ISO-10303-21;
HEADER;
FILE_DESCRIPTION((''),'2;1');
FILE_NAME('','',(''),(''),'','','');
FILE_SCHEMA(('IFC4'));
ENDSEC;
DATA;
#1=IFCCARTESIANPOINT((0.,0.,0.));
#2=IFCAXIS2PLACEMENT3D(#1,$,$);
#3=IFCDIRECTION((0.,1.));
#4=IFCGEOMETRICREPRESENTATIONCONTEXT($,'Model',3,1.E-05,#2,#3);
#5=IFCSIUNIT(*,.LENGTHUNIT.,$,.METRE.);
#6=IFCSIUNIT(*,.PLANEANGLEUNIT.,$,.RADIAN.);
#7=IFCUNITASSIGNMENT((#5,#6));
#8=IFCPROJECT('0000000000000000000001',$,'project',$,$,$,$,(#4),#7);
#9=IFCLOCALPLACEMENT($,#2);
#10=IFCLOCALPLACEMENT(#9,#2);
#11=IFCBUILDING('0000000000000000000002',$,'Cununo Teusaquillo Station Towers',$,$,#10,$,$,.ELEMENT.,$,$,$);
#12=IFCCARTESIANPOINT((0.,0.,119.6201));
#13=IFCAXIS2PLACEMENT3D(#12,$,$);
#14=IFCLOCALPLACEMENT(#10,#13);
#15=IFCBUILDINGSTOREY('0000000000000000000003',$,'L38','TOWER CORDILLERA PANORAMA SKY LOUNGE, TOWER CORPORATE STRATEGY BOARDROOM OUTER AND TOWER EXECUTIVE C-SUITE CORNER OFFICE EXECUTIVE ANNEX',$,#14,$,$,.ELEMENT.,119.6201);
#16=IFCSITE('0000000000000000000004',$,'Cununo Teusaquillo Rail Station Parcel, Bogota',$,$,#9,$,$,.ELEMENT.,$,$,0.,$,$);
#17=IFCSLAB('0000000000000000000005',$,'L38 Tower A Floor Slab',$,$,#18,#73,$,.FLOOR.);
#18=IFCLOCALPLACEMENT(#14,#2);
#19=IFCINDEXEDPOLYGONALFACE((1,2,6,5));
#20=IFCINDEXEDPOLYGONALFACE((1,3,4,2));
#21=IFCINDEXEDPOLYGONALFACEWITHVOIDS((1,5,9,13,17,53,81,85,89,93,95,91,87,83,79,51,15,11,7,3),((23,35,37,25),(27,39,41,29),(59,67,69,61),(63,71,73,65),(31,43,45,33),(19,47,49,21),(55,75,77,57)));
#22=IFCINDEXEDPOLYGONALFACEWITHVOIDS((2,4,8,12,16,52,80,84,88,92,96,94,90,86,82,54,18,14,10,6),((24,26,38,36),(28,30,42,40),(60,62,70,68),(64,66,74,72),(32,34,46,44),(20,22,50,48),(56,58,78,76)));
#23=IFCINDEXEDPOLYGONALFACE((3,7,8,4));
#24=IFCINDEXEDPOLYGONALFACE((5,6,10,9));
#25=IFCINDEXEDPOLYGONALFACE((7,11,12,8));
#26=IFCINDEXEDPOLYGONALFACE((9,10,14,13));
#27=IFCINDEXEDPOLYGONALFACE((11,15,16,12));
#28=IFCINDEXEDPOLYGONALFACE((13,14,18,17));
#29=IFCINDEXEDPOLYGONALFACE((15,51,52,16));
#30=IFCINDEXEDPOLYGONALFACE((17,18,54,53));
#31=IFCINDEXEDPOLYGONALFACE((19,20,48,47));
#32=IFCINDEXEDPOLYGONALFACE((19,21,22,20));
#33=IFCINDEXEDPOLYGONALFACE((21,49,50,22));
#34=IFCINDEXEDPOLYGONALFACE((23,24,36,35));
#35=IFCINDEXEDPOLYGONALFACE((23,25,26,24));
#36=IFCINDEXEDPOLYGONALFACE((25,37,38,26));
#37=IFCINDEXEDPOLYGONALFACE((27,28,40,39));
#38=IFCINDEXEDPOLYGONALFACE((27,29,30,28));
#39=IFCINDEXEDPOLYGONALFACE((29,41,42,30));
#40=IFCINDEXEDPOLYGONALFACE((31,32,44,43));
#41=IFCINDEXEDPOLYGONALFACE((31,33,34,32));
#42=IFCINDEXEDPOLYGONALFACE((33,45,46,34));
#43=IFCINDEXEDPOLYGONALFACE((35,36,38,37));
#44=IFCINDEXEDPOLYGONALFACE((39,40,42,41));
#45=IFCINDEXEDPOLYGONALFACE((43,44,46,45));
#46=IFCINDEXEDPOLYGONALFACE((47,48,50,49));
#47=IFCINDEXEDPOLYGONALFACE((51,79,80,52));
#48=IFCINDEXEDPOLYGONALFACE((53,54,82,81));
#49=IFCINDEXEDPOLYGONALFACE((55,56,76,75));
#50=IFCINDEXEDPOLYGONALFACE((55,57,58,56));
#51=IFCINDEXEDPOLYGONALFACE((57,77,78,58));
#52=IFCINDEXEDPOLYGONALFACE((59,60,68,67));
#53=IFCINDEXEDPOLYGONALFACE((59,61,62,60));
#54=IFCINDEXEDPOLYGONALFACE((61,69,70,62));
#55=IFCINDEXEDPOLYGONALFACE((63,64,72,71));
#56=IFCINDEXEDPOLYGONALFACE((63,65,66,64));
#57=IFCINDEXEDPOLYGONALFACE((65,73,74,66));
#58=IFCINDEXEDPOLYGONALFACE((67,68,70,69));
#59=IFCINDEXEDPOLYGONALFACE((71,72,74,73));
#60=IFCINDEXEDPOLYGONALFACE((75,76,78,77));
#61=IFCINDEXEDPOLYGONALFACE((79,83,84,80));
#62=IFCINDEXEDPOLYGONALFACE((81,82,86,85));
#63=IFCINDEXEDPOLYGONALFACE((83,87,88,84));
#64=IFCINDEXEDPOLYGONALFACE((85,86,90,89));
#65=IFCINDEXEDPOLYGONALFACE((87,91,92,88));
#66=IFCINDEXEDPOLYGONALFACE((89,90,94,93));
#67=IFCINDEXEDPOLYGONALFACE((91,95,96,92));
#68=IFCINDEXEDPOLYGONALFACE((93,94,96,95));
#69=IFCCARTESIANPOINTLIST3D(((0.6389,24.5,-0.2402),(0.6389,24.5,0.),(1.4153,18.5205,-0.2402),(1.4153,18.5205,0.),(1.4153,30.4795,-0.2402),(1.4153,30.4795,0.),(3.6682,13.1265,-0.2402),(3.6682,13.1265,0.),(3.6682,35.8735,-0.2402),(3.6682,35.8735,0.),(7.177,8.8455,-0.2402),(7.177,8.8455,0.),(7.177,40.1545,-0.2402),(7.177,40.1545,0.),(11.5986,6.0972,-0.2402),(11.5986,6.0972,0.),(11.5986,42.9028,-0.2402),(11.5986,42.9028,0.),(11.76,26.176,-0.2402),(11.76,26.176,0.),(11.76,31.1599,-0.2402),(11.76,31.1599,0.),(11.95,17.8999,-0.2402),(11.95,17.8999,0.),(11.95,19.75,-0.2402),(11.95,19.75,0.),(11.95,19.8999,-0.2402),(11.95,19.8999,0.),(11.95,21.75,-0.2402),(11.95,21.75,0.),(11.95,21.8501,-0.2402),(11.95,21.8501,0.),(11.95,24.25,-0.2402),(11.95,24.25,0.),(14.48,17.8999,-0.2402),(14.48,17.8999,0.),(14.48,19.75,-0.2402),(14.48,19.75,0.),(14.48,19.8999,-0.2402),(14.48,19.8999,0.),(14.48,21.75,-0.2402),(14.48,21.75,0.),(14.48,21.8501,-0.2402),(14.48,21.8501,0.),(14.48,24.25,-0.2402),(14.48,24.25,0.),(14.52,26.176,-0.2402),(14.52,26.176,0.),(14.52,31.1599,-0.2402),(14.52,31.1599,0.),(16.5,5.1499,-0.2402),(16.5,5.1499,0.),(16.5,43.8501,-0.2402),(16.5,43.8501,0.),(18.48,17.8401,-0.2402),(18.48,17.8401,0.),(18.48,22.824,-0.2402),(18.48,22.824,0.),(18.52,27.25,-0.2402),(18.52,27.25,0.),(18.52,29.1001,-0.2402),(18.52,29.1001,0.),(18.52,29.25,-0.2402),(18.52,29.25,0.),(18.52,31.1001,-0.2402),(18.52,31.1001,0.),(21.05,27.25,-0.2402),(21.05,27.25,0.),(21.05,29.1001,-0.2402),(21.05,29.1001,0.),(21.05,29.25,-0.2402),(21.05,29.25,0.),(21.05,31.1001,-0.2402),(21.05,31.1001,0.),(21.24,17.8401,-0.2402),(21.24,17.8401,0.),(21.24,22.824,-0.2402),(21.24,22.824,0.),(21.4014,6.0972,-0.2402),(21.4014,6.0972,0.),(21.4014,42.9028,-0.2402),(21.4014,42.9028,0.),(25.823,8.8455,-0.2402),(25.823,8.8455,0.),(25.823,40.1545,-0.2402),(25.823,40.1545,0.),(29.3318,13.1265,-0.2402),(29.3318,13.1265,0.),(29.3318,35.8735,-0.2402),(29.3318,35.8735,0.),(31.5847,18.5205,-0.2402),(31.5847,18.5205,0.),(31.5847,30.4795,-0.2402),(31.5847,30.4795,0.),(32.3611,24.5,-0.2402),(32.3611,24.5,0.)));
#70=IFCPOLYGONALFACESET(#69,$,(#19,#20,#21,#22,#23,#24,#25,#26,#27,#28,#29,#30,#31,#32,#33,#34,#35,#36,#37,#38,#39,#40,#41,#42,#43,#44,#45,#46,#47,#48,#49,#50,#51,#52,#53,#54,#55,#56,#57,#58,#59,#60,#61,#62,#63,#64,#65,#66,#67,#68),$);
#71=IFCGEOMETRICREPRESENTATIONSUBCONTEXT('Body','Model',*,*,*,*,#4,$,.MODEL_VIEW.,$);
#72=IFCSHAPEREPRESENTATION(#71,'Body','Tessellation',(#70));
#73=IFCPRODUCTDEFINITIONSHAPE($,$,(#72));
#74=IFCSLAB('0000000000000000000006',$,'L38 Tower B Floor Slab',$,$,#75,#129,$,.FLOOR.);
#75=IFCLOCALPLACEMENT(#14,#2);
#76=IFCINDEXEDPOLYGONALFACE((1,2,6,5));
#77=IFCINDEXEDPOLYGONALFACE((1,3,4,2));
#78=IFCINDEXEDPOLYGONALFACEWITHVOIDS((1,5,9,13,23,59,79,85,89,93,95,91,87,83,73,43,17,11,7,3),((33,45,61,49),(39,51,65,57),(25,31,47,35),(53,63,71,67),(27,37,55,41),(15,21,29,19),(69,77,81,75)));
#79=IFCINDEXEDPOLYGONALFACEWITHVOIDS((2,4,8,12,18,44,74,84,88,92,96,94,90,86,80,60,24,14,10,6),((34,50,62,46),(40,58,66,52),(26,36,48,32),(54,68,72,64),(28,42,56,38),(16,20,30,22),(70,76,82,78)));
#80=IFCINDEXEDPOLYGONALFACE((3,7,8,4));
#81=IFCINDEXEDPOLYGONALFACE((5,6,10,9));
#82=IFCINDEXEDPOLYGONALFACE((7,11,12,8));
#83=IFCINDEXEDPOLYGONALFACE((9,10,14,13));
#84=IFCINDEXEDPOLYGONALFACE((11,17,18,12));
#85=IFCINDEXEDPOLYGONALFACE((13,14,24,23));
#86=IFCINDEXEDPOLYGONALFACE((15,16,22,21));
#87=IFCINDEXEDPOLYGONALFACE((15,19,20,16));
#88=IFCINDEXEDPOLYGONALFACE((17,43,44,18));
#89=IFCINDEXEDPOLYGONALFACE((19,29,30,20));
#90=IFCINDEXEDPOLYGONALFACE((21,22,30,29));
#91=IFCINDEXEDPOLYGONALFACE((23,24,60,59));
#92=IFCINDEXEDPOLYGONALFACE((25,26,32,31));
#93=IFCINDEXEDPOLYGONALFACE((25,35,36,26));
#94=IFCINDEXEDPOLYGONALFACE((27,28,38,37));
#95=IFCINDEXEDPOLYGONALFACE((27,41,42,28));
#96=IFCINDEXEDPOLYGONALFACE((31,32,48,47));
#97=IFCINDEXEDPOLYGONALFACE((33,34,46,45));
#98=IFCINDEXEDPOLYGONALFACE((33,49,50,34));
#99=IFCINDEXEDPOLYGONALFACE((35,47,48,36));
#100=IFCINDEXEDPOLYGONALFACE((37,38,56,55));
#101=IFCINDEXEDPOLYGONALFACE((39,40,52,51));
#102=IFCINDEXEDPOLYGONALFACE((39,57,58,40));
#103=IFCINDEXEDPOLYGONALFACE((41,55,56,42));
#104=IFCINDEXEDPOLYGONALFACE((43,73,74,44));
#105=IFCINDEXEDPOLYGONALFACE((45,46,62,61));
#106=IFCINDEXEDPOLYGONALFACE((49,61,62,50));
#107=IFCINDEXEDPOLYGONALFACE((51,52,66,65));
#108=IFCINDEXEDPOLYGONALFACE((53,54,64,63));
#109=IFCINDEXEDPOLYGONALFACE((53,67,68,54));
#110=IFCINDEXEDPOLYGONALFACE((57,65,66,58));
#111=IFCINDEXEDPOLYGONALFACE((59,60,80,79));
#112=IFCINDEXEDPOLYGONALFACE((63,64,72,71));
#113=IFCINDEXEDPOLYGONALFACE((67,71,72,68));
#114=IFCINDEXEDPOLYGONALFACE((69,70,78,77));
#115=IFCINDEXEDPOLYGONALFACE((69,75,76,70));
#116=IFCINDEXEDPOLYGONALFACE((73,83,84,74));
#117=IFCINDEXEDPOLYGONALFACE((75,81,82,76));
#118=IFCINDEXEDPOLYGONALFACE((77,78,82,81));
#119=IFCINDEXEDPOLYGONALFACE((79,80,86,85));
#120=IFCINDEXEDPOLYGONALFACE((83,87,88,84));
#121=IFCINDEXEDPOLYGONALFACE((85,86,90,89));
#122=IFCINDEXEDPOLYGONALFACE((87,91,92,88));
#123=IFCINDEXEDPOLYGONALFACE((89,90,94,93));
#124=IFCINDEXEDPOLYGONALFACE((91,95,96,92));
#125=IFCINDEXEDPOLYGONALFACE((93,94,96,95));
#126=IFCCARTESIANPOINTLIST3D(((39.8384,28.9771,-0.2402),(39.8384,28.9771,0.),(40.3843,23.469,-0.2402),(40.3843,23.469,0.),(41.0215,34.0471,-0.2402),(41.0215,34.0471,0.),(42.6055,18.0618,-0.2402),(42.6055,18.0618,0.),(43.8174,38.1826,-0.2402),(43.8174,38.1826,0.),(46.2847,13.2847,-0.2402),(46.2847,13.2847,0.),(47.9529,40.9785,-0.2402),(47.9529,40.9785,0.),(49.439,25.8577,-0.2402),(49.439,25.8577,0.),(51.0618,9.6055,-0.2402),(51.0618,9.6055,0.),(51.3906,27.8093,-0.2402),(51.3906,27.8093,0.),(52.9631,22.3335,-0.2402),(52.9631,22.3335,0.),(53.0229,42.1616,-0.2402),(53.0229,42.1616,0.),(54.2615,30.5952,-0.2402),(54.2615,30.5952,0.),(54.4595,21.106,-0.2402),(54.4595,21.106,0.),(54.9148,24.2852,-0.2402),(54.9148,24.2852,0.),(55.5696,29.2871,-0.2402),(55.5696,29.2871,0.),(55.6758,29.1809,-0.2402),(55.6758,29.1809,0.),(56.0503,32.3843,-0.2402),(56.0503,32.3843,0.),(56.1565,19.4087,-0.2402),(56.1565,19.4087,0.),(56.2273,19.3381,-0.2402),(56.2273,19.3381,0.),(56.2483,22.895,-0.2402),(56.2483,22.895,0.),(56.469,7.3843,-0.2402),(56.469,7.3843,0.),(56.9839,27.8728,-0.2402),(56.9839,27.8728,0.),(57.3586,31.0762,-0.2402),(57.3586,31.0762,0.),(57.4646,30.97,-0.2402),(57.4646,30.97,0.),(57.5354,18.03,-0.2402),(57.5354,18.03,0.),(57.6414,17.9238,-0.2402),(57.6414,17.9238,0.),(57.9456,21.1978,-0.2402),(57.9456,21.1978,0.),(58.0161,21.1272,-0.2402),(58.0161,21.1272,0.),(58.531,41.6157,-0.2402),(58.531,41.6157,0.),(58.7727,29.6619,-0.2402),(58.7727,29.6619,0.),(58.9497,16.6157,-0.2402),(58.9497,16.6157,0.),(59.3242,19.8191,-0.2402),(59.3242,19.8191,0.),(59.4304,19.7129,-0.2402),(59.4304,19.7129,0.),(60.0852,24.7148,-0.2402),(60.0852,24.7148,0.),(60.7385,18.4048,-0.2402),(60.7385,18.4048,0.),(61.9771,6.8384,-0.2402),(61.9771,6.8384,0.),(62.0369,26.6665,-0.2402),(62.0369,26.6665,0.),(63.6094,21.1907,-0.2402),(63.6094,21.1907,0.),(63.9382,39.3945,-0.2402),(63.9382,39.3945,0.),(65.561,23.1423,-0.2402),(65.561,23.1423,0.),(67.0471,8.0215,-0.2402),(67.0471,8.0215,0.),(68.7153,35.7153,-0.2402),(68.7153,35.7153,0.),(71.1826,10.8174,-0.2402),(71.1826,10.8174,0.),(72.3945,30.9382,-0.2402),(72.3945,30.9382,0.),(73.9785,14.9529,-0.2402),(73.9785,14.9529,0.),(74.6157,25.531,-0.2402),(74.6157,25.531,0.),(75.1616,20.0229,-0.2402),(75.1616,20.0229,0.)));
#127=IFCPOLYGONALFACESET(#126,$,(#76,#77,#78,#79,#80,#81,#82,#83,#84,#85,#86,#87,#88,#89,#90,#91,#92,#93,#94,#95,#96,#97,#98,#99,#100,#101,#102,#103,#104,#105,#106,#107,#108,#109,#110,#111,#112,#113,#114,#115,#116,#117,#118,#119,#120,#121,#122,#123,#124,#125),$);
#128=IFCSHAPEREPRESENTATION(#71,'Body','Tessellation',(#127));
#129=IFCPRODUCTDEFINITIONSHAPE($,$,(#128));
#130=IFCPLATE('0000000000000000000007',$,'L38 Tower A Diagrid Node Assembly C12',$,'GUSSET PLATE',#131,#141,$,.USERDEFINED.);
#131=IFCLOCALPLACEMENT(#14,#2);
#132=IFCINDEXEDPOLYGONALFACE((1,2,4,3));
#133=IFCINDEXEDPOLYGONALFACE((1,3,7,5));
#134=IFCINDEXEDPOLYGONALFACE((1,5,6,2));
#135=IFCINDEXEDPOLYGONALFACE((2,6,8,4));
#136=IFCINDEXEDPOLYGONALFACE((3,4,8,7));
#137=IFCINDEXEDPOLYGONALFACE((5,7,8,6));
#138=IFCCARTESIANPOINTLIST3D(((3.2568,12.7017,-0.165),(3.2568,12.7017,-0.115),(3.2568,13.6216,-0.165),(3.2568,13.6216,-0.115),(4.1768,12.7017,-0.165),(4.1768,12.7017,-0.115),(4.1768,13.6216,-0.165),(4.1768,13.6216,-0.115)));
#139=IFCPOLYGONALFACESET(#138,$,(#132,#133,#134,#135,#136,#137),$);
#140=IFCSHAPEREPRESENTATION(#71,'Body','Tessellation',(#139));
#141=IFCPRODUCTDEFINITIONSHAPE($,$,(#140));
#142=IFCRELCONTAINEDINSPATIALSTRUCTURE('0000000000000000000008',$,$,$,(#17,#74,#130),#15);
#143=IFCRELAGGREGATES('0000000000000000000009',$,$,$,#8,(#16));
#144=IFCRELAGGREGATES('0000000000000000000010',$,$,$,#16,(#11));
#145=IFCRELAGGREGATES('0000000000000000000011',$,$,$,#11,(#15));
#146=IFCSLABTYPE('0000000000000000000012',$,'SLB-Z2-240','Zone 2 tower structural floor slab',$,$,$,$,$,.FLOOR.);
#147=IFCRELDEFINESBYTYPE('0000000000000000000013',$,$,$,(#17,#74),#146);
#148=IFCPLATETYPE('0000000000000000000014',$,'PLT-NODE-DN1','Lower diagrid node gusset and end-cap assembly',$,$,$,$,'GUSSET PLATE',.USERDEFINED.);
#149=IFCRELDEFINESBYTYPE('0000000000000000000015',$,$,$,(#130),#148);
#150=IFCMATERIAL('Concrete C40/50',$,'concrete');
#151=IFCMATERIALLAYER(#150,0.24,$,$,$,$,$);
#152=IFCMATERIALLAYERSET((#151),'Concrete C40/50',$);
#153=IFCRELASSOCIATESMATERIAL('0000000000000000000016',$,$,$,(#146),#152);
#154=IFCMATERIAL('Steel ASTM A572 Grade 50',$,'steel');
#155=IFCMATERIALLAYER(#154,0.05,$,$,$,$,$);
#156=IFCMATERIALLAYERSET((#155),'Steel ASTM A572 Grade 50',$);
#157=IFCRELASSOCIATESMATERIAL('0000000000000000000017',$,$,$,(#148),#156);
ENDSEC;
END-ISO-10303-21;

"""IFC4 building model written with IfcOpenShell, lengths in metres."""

from ifc_helpers import new_model, si_unit, direction, frame, origin, origin_2d, place, context, subcontext, project, spatial, polyline, rectangle, outline, extrude, source, transform, mapped, material, layer, layer_set, type_object, element, save


model = new_model("IFC4")

# Units and contexts
model_context = context("Model", 3, precision=1e-05, world=origin(), true_north=direction((0.0, 1.0)))
body_context = subcontext(model_context, "Body", "Model", "MODEL_VIEW")
ifc_project = project(units=[si_unit("LENGTHUNIT", "METRE"), si_unit("PLANEANGLEUNIT", "RADIAN")], contexts=[model_context])

# Site, building, storey
site_placement = place(None, origin())
site = spatial("IfcSite", under=ifc_project, at=site_placement, Name="Cununo Teusaquillo Rail Station Parcel, Bogota", CompositionType="ELEMENT", RefElevation=0.0)
building_placement = place(site_placement, origin())
building = spatial("IfcBuilding", under=site, at=building_placement, Name="Cununo Teusaquillo Station Towers", CompositionType="ELEMENT")
storey_placement = place(building_placement, frame((0.0, 0.0, 119.6201)))
storey = spatial("IfcBuildingStorey", under=building, at=storey_placement, Name="L38", Description="TOWER CORDILLERA PANORAMA SKY LOUNGE, TOWER CORPORATE STRATEGY BOARDROOM OUTER AND TOWER EXECUTIVE C-SUITE CORNER OFFICE EXECUTIVE ANNEX", CompositionType="ELEMENT", Elevation=119.6201)

# Slabs
ifc_material_1 = material(Name="Concrete C40/50", Category="concrete")
ifc_layer_1 = layer(ifc_material_1, 0.24)
ifc_layer_set_1 = layer_set([ifc_layer_1], Name="Concrete C40/50")
slab_type_1 = type_object("IfcSlabType", Name="SLB-Z2-240", Description="Zone 2 tower structural floor slab", PredefinedType="FLOOR", material=ifc_layer_set_1)
slab_1_placement = place(storey_placement, frame((0.0, 0.0, -0.2402)))
element("IfcSlab", 1, at=slab_1_placement, inside=storey, type_object=slab_type_1, Name="L38 Tower A Floor Slab", PredefinedType="FLOOR", context=body_context, shape_type="SweptSolid", body=[
    extrude(outline(polyline([(32.3611, 24.5), (31.5847, 30.4795), (29.3318, 35.8735), (25.823, 40.1545), (21.4014, 42.9028), (16.5, 43.8501), (11.5986, 42.9028), (7.177, 40.1545), (3.6682, 35.8735), (1.4153, 30.4795), (0.6389, 24.5), (1.4153, 18.5205), (3.6682, 13.1265), (7.177, 8.8455), (11.5986, 6.0972), (16.5, 5.1499), (21.4014, 6.0972), (25.823, 8.8455), (29.3318, 13.1265), (31.5847, 18.5205), (32.3611, 24.5)]), holes=[polyline([(14.52, 26.176), (14.52, 31.1599), (11.76, 31.1599), (11.76, 26.176), (14.52, 26.176)]), polyline([(18.48, 22.824), (18.48, 17.8401), (21.24, 17.8401), (21.24, 22.824), (18.48, 22.824)]), polyline([(11.95, 21.8501), (14.48, 21.8501), (14.48, 24.25), (11.95, 24.25), (11.95, 21.8501)]), polyline([(11.95, 17.8999), (14.48, 17.8999), (14.48, 19.75), (11.95, 19.75), (11.95, 17.8999)]), polyline([(11.95, 19.8999), (14.48, 19.8999), (14.48, 21.75), (11.95, 21.75), (11.95, 19.8999)]), polyline([(18.52, 27.25), (21.05, 27.25), (21.05, 29.1001), (18.52, 29.1001), (18.52, 27.25)]), polyline([(18.52, 29.25), (21.05, 29.25), (21.05, 31.1001), (18.52, 31.1001), (18.52, 29.25)])]), origin(), (0.0, 0.0, 1.0), 0.2402),
])
slab_2_placement = place(storey_placement, frame((0.0, 0.0, -0.2402)))
element("IfcSlab", 2, at=slab_2_placement, inside=storey, type_object=slab_type_1, Name="L38 Tower B Floor Slab", PredefinedType="FLOOR", context=body_context, shape_type="SweptSolid", body=[
    extrude(outline(polyline([(68.7153, 35.7153), (63.9382, 39.3945), (58.531, 41.6157), (53.0229, 42.1616), (47.9529, 40.9785), (43.8174, 38.1826), (41.0215, 34.0471), (39.8384, 28.9771), (40.3843, 23.469), (42.6055, 18.0618), (46.2847, 13.2847), (51.0618, 9.6055), (56.469, 7.3843), (61.9771, 6.8384), (67.0471, 8.0215), (71.1826, 10.8174), (73.9785, 14.9529), (75.1616, 20.0229), (74.6157, 25.531), (72.3945, 30.9382), (68.7153, 35.7153)]), holes=[polyline([(54.9148, 24.2852), (51.3906, 27.8093), (49.439, 25.8577), (52.9631, 22.3335), (54.9148, 24.2852)]), polyline([(60.0852, 24.7148), (63.6094, 21.1907), (65.561, 23.1423), (62.0369, 26.6665), (60.0852, 24.7148)]), polyline([(56.1565, 19.4087), (57.9456, 21.1978), (56.2483, 22.895), (54.4595, 21.106), (56.1565, 19.4087)]), polyline([(58.9497, 16.6157), (60.7385, 18.4048), (59.4304, 19.7129), (57.6414, 17.9238), (58.9497, 16.6157)]), polyline([(57.5354, 18.03), (59.3242, 19.8191), (58.0161, 21.1272), (56.2273, 19.3381), (57.5354, 18.03)]), polyline([(56.9839, 27.8728), (58.7727, 29.6619), (57.4646, 30.97), (55.6758, 29.1809), (56.9839, 27.8728)]), polyline([(55.5696, 29.2871), (57.3586, 31.0762), (56.0503, 32.3843), (54.2615, 30.5952), (55.5696, 29.2871)])]), origin(), (0.0, 0.0, 1.0), 0.2402),
])

# Plate
ifc_material_2 = material(Name="Steel ASTM A572 Grade 50", Category="steel")
ifc_layer_2 = layer(ifc_material_2, 0.05)
ifc_layer_set_2 = layer_set([ifc_layer_2], Name="Steel ASTM A572 Grade 50")
plate_type = type_object("IfcPlateType", Name="PLT-NODE-DN1", Description="Lower diagrid node gusset and end-cap assembly", ElementType="GUSSET PLATE", PredefinedType="USERDEFINED", material=ifc_layer_set_2)
shared_shape_1 = source(origin(), body_context, "Body", "SweptSolid", [
    extrude(rectangle(XDim=0.9199, YDim=0.9199, at=origin_2d()), origin(), (0.0, 0.0, 1.0), 0.05),
])
plate_placement = place(storey_placement, frame((3.7168, 13.1616, -0.165), z_axis=(0.0, 0.0, 1.0), x_axis=(1.0, 0.0, 0.0)))
element("IfcPlate", 3, at=plate_placement, inside=storey, type_object=plate_type, Name="L38 Tower A Diagrid Node Assembly C12", ObjectType="GUSSET PLATE", PredefinedType="USERDEFINED", context=body_context, shape_type="MappedRepresentation", body=[
    mapped(shared_shape_1, transform((0.0, 0.0, 0.0), x_axis=(1.0, 0.0, 0.0), y_axis=(0.0, 1.0, 0.0), z_axis=(0.0, 0.0, 1.0), scale=1.0)),
])

save(model, "model.ifc")
